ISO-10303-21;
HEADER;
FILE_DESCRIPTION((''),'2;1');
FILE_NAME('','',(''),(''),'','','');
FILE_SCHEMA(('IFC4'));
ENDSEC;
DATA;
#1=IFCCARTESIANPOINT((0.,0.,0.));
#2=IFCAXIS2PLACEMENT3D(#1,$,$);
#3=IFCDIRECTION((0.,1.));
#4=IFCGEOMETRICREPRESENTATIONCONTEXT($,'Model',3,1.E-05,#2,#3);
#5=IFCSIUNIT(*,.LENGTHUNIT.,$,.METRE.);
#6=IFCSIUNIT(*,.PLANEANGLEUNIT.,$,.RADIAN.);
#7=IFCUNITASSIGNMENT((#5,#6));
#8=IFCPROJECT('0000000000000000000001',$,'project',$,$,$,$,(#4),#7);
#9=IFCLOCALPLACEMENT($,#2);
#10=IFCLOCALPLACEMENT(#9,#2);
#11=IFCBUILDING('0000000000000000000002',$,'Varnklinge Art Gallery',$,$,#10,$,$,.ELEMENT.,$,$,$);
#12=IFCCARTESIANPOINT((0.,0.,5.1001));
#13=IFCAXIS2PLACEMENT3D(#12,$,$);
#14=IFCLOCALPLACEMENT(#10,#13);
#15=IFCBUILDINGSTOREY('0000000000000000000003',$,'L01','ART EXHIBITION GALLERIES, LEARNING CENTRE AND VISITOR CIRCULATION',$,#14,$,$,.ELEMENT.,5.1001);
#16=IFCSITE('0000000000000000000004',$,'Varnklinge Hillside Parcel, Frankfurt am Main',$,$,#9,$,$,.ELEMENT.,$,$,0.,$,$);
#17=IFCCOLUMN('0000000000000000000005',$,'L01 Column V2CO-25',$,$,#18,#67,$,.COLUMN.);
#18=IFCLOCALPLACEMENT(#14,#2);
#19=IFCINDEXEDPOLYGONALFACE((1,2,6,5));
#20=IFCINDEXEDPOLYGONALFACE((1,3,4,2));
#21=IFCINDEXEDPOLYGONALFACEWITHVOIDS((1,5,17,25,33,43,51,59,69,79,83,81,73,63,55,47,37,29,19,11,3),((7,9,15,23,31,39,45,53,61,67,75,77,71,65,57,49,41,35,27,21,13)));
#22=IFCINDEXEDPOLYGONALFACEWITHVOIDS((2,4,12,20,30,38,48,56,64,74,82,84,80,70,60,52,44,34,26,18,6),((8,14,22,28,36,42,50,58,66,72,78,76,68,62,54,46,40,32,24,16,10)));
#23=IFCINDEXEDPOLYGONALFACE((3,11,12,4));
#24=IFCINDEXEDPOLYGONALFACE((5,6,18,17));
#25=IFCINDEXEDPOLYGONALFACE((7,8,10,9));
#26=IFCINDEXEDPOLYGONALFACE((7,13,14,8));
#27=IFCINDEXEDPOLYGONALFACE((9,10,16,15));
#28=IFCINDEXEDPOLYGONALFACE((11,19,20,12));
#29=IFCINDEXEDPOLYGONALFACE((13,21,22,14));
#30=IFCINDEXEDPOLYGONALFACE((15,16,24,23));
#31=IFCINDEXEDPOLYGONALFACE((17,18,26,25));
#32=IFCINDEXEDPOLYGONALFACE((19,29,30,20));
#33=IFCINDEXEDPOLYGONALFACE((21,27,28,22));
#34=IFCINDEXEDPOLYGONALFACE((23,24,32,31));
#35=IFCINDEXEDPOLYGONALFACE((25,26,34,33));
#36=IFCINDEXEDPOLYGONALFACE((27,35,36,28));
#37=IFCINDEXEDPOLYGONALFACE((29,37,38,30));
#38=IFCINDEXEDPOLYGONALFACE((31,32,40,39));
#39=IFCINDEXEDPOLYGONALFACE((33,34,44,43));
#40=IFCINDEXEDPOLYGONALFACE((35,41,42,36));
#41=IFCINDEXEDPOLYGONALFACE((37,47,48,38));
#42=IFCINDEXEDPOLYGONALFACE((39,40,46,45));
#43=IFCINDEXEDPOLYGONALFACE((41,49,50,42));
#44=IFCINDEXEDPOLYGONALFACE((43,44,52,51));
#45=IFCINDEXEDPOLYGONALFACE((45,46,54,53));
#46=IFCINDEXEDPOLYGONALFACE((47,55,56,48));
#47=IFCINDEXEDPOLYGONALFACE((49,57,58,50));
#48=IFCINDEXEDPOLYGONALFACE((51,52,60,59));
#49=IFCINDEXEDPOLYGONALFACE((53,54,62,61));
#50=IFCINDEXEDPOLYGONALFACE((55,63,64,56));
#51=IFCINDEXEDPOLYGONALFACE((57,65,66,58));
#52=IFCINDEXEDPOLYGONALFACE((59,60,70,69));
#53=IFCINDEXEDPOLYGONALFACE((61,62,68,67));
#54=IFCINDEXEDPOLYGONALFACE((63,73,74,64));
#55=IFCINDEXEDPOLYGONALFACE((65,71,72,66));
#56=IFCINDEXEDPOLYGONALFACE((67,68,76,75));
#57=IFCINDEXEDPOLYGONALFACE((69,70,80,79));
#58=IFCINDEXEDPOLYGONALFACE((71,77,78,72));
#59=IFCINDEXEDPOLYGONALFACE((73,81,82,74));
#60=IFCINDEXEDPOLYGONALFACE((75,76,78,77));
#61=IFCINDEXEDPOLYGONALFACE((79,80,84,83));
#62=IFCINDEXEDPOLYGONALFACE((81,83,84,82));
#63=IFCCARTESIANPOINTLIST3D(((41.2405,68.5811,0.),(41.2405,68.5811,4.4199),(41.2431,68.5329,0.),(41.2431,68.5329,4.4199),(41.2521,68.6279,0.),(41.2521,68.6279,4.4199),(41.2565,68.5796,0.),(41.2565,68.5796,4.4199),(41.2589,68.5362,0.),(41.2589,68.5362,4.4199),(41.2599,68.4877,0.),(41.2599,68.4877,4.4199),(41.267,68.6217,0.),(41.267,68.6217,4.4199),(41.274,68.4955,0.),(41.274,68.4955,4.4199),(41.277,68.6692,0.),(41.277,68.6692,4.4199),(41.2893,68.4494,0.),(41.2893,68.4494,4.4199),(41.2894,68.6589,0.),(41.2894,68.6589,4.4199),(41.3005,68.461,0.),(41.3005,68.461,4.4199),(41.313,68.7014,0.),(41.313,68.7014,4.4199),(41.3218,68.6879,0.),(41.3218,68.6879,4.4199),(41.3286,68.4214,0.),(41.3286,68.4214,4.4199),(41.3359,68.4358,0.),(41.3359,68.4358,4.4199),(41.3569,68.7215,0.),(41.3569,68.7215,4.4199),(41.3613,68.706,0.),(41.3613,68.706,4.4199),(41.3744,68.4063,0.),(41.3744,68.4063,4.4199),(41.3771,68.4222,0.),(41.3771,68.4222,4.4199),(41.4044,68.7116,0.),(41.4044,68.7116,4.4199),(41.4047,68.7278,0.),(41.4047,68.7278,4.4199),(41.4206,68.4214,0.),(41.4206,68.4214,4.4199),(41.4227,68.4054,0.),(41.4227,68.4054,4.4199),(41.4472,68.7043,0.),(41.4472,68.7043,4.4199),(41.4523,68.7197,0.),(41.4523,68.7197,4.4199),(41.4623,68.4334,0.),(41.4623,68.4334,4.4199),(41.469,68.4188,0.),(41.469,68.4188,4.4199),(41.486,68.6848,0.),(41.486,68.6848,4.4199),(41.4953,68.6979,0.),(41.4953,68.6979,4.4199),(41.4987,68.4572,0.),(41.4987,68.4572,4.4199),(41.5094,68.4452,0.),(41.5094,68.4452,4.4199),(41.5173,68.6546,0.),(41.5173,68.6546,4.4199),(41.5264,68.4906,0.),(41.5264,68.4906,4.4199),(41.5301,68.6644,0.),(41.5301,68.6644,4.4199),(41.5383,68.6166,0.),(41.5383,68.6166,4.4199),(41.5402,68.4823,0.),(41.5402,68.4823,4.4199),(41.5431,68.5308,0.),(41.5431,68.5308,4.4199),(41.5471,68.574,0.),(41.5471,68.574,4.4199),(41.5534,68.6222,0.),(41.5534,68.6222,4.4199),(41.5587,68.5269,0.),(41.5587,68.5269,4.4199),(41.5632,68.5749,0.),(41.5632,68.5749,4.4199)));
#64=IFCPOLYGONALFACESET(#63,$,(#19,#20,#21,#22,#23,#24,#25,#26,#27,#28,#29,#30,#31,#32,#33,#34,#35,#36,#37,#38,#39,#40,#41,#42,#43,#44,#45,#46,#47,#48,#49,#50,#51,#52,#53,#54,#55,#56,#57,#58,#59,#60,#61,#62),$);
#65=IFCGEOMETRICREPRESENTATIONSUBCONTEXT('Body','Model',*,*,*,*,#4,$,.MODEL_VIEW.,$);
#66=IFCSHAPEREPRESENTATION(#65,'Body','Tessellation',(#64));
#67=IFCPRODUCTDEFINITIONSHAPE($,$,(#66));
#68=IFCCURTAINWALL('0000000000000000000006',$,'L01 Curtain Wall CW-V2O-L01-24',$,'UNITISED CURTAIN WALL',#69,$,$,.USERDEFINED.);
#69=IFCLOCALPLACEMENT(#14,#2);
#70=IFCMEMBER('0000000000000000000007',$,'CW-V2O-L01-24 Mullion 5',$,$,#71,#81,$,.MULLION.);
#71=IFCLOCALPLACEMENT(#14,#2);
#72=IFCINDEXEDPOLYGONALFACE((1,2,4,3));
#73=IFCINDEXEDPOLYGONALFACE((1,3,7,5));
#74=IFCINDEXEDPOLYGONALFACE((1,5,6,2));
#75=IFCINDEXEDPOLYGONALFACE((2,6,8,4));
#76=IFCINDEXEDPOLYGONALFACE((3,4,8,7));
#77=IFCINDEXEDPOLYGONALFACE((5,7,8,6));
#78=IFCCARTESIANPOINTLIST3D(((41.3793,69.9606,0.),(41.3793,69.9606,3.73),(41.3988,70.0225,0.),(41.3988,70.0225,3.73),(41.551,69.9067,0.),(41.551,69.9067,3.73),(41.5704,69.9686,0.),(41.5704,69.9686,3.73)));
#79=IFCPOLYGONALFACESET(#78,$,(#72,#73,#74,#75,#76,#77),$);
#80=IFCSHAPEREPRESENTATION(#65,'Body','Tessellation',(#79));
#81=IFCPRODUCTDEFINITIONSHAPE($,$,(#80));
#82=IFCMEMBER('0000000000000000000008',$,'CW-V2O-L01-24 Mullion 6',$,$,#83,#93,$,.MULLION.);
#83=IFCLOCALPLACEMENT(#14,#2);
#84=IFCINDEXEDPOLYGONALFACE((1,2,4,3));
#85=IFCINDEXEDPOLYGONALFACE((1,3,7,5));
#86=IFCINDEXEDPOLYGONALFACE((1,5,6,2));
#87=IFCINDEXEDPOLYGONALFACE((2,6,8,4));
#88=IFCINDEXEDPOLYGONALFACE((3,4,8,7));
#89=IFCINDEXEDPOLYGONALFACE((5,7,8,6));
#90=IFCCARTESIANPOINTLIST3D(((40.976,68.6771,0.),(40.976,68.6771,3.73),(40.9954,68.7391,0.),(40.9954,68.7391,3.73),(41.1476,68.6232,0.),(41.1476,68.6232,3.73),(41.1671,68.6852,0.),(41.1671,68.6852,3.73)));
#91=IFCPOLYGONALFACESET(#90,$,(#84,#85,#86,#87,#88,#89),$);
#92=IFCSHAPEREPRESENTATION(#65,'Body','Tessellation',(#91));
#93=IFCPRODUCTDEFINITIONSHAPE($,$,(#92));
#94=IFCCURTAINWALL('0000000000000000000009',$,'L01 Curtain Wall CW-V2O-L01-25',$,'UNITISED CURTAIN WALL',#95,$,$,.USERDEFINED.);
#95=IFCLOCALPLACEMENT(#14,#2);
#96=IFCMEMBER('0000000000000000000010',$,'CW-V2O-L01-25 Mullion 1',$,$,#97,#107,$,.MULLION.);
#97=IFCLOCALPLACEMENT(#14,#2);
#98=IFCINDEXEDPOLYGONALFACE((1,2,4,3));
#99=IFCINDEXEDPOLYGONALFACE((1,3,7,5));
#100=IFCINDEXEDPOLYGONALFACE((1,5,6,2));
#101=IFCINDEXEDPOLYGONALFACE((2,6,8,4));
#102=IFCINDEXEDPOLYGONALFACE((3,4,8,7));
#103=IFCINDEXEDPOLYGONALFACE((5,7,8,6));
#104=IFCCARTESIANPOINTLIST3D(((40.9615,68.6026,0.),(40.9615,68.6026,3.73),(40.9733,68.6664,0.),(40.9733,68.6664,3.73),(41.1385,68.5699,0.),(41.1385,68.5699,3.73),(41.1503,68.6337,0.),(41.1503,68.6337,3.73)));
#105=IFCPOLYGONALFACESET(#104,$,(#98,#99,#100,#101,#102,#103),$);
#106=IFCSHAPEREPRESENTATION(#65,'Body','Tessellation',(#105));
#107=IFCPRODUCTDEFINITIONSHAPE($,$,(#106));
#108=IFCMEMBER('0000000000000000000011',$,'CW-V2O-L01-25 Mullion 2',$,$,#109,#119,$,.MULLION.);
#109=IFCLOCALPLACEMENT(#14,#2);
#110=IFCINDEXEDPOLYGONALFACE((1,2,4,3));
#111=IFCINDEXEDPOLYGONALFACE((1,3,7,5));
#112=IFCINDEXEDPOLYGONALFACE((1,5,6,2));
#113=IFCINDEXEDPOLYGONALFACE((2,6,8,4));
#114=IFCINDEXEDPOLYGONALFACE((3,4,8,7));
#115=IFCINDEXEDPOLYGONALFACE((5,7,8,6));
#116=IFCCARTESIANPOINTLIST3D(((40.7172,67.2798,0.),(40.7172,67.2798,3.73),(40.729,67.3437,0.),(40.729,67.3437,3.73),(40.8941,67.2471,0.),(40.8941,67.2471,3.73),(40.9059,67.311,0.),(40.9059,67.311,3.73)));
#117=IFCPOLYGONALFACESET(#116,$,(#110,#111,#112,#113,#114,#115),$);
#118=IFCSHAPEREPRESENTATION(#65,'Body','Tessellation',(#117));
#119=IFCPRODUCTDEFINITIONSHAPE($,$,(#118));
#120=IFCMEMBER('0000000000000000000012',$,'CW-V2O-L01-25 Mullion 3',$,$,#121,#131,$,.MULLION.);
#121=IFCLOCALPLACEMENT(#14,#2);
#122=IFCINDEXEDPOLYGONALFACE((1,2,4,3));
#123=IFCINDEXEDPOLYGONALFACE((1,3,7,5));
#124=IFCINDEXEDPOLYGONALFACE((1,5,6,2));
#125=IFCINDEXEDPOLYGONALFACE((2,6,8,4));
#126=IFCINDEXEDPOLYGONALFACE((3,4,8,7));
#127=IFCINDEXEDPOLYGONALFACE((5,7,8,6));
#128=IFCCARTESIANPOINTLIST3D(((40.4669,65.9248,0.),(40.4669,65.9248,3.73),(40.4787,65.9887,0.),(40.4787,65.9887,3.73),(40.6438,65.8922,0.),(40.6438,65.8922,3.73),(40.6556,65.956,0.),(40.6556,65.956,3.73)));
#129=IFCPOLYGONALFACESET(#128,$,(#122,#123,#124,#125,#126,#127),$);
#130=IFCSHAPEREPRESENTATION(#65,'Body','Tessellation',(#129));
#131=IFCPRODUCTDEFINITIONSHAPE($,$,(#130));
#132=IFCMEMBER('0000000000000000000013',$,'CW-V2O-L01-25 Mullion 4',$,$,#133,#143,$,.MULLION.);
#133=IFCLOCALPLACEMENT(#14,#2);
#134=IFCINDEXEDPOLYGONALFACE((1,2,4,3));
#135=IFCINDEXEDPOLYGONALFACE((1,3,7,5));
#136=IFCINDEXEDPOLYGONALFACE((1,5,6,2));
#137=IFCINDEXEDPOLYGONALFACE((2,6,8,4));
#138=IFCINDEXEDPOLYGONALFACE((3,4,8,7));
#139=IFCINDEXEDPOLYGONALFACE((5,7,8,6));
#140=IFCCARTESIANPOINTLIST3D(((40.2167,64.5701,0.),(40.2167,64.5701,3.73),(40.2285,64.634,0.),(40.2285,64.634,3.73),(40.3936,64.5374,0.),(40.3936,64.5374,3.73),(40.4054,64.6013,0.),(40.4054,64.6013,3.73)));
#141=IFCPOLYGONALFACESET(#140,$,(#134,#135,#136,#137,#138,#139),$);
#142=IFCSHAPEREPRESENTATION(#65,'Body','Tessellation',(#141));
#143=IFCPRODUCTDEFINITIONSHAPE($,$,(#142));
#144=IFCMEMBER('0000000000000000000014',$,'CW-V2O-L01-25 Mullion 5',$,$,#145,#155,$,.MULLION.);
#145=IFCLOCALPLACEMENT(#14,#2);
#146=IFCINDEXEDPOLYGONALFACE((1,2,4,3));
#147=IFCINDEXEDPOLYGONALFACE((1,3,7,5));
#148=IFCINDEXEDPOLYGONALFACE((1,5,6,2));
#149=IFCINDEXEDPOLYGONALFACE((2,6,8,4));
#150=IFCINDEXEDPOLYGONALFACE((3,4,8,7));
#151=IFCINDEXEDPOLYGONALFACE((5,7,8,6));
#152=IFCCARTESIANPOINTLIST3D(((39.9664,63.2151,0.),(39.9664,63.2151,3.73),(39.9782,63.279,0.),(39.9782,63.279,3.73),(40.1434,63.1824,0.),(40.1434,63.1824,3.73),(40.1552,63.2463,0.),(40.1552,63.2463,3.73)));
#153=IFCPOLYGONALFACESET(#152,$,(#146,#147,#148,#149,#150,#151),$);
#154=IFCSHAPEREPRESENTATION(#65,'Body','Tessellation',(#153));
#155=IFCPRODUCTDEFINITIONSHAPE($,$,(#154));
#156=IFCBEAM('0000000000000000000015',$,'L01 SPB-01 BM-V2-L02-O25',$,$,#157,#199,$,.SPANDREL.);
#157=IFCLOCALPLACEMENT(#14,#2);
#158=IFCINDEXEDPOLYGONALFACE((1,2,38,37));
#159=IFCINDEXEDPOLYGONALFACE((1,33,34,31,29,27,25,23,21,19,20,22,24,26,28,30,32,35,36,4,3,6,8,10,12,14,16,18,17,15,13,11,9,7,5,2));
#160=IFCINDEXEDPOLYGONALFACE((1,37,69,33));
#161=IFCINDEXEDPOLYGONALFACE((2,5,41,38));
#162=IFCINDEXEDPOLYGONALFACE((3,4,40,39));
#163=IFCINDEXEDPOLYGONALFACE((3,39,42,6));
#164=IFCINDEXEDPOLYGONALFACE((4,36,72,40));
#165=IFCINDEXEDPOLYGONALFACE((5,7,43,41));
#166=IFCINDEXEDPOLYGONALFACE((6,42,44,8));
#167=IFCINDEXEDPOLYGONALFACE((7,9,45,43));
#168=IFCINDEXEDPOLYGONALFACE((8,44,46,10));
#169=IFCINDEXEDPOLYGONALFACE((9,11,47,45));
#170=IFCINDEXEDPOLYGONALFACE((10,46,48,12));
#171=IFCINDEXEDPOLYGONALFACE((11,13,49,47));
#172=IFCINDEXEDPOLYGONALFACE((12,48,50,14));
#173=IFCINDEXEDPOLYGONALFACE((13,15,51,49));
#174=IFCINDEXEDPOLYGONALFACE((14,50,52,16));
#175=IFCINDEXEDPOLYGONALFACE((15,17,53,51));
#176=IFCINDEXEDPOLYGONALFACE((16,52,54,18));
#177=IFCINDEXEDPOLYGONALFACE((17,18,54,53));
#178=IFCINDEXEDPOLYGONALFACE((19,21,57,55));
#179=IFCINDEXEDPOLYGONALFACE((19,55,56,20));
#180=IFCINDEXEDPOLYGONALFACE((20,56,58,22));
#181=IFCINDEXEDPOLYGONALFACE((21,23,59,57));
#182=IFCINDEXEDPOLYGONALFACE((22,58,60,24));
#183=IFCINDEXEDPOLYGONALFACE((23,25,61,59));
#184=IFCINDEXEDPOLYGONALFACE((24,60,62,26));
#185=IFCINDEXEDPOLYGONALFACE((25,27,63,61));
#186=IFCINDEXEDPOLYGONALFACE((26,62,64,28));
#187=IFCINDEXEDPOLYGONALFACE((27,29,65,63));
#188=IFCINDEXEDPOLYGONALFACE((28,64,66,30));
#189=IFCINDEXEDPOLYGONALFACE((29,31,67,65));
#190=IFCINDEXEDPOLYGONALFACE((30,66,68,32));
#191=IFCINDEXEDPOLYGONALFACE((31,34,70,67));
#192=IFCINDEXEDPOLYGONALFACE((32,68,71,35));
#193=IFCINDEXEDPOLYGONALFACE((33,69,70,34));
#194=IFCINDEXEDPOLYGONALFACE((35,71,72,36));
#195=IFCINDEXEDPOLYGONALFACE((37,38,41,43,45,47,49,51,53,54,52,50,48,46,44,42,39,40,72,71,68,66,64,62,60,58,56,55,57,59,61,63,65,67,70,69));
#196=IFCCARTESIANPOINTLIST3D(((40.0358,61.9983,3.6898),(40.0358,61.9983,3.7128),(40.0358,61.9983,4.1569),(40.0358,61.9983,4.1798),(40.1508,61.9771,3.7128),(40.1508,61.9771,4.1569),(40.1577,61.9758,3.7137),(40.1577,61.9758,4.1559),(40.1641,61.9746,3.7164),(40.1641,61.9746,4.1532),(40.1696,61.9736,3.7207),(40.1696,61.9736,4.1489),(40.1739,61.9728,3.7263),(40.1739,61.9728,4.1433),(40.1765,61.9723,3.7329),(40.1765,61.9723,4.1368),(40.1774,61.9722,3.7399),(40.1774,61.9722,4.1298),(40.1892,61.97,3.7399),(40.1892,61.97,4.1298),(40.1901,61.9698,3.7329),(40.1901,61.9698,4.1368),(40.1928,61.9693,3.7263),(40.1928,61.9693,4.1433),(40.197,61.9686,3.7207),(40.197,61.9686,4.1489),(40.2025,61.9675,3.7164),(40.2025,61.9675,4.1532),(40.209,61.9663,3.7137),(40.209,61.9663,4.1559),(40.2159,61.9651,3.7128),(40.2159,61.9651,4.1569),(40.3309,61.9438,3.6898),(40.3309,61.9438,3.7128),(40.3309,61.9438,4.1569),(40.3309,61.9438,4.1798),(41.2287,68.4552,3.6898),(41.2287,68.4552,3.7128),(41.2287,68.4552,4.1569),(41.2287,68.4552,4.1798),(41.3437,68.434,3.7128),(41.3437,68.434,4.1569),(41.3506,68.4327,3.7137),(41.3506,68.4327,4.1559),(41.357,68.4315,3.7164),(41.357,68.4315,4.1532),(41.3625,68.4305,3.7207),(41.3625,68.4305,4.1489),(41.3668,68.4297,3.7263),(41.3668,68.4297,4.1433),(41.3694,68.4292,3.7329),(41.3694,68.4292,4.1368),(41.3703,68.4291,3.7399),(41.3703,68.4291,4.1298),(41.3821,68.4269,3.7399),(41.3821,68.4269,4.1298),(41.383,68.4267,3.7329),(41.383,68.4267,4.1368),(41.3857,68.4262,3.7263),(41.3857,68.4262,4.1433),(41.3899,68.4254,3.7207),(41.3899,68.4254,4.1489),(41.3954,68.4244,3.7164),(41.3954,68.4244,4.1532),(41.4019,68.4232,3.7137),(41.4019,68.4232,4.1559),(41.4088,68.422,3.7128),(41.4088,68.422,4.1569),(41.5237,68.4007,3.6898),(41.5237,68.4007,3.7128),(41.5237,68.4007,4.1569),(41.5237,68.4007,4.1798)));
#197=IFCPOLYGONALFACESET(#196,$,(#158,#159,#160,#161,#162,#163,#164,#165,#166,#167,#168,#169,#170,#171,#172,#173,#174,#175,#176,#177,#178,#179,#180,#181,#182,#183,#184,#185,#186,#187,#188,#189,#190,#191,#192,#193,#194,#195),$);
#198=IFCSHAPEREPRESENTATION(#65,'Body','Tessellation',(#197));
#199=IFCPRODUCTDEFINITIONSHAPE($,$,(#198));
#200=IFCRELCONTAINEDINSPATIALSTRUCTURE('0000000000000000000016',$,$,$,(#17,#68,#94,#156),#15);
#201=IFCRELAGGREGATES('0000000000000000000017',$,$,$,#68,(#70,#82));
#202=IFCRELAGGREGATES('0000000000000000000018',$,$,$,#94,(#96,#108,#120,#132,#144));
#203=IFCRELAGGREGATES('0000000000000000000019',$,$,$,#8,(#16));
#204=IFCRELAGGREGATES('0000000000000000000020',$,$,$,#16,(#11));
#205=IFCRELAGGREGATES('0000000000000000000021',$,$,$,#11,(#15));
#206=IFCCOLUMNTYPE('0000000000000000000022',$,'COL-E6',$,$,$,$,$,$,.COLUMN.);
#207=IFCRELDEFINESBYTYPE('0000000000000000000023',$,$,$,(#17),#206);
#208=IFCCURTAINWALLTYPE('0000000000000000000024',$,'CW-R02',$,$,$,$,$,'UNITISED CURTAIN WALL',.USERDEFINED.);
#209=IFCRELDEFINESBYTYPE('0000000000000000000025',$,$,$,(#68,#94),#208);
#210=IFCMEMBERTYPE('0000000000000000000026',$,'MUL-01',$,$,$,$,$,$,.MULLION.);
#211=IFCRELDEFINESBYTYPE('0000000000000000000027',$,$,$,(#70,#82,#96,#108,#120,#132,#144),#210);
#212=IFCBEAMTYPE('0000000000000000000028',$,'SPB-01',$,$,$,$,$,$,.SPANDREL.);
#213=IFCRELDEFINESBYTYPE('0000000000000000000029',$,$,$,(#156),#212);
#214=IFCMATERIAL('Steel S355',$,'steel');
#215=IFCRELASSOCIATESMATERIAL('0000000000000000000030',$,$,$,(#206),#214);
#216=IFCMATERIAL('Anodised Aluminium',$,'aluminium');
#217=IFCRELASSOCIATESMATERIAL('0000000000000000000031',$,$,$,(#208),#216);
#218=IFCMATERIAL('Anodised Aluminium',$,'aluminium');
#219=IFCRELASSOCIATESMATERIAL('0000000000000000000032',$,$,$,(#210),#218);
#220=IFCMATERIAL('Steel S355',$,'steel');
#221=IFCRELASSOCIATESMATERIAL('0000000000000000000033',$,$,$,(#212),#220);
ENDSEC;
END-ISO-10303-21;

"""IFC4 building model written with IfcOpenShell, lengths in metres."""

from ifc_helpers import new_model, si_unit, direction, frame, origin, origin_2d, place, context, subcontext, project, spatial, rectangle, hollow_circle, i_section, extrude, material, material_profile, profile_set, type_object, element, aggregate, save


model = new_model("IFC4")

# Units and contexts
model_context = context("Model", 3, precision=1e-05, world=origin(), true_north=direction((0.0, 1.0)))
body_context = subcontext(model_context, "Body", "Model", "MODEL_VIEW")
ifc_project = project(units=[si_unit("LENGTHUNIT", "METRE"), si_unit("PLANEANGLEUNIT", "RADIAN")], contexts=[model_context])

# Site, building, storey
site_placement = place(None, origin())
site = spatial("IfcSite", under=ifc_project, at=site_placement, Name="Varnklinge Hillside Parcel, Frankfurt am Main", CompositionType="ELEMENT", RefElevation=0.0)
building_placement = place(site_placement, origin())
building = spatial("IfcBuilding", under=site, at=building_placement, Name="Varnklinge Art Gallery", CompositionType="ELEMENT")
storey_placement = place(building_placement, frame((0.0, 0.0, 5.1001)))
storey = spatial("IfcBuildingStorey", under=building, at=storey_placement, Name="L01", Description="ART EXHIBITION GALLERIES, LEARNING CENTRE AND VISITOR CIRCULATION", CompositionType="ELEMENT", Elevation=5.1001)

# Column
ifc_material_1 = material(Name="Steel S355", Category="steel")
ifc_material_profile_1 = material_profile(ifc_material_1, hollow_circle(Radius=0.1619, WallThickness=0.0161, at=origin_2d()), Name="CHS 323.9x16")
ifc_profile_set_1 = profile_set([ifc_material_profile_1], Name="Steel S355")
column_type = type_object("IfcColumnType", Name="COL-E6", PredefinedType="COLUMN", material=ifc_profile_set_1)
column_placement = place(storey_placement, frame((41.4016, 68.5659, 0.0), z_axis=(0.0, 0.0, 1.0), x_axis=(0.970506, -0.241075, 0.0)))
element("IfcColumn", 1, at=column_placement, inside=storey, type_object=column_type, Name="L01 Column V2CO-25", PredefinedType="COLUMN", context=body_context, shape_type="SweptSolid", body=[
    extrude(hollow_circle(Radius=0.1619, WallThickness=0.0161, at=origin_2d()), origin(), (0.0, 0.0, 1.0), 4.4199),
])

# Curtain walls, members
ifc_material_2 = material(Name="Anodised Aluminium", Category="aluminium")
curtain_wall_type = type_object("IfcCurtainWallType", Name="CW-R02", ElementType="UNITISED CURTAIN WALL", PredefinedType="USERDEFINED", material=ifc_material_2)
curtain_wall_1_placement = place(storey_placement, origin())
curtain_wall_1 = element("IfcCurtainWall", 2, at=curtain_wall_1_placement, inside=storey, type_object=curtain_wall_type, Name="L01 Curtain Wall CW-V2O-L01-24", ObjectType="UNITISED CURTAIN WALL", PredefinedType="USERDEFINED")
ifc_material_3 = material(Name="Anodised Aluminium", Category="aluminium")
ifc_material_profile_2 = material_profile(ifc_material_3, rectangle(XDim=0.0649, YDim=0.1799, at=origin_2d()), Name="ALU 65x180")
ifc_profile_set_2 = profile_set([ifc_material_profile_2], Name="Anodised Aluminium")
member_type_1 = type_object("IfcMemberType", Name="MUL-01", PredefinedType="MULLION", material=ifc_profile_set_2)
member_1_placement = place(storey_placement, frame((41.4749, 69.9646, 0.0), z_axis=(0.0, 0.0, 1.0), x_axis=(-0.299707, -0.954031, 0.0)))
member_1 = element("IfcMember", 3, at=member_1_placement, type_object=member_type_1, Name="CW-V2O-L01-24 Mullion 5", PredefinedType="MULLION", context=body_context, shape_type="SweptSolid", body=[
    extrude(rectangle(XDim=0.0649, YDim=0.1799, at=origin_2d()), origin(), (0.0, 0.0, 1.0), 3.73),
])
member_2_placement = place(storey_placement, frame((41.0715, 68.6812, 0.0), z_axis=(0.0, 0.0, 1.0), x_axis=(-0.299707, -0.954031, 0.0)))
member_2 = element("IfcMember", 4, at=member_2_placement, type_object=member_type_1, Name="CW-V2O-L01-24 Mullion 6", PredefinedType="MULLION", context=body_context, shape_type="SweptSolid", body=[
    extrude(rectangle(XDim=0.0649, YDim=0.1799, at=origin_2d()), origin(), (0.0, 0.0, 1.0), 3.73),
])
curtain_wall_2_placement = place(storey_placement, origin())
curtain_wall_2 = element("IfcCurtainWall", 5, at=curtain_wall_2_placement, inside=storey, type_object=curtain_wall_type, Name="L01 Curtain Wall CW-V2O-L01-25", ObjectType="UNITISED CURTAIN WALL", PredefinedType="USERDEFINED")
member_3_placement = place(storey_placement, frame((41.0559, 68.6182, 0.0), z_axis=(0.0, 0.0, 1.0), x_axis=(-0.181721, -0.98335, 0.0)))
member_3 = element("IfcMember", 6, at=member_3_placement, type_object=member_type_1, Name="CW-V2O-L01-25 Mullion 1", PredefinedType="MULLION", context=body_context, shape_type="SweptSolid", body=[
    extrude(rectangle(XDim=0.0649, YDim=0.1799, at=origin_2d()), origin(), (0.0, 0.0, 1.0), 3.73),
])
member_4_placement = place(storey_placement, frame((40.8115, 67.2954, 0.0), z_axis=(0.0, 0.0, 1.0), x_axis=(-0.181721, -0.98335, 0.0)))
member_4 = element("IfcMember", 7, at=member_4_placement, type_object=member_type_1, Name="CW-V2O-L01-25 Mullion 2", PredefinedType="MULLION", context=body_context, shape_type="SweptSolid", body=[
    extrude(rectangle(XDim=0.0649, YDim=0.1799, at=origin_2d()), origin(), (0.0, 0.0, 1.0), 3.73),
])
member_5_placement = place(storey_placement, frame((40.5613, 65.9404, 0.0), z_axis=(0.0, 0.0, 1.0), x_axis=(-0.181721, -0.98335, 0.0)))
member_5 = element("IfcMember", 8, at=member_5_placement, type_object=member_type_1, Name="CW-V2O-L01-25 Mullion 3", PredefinedType="MULLION", context=body_context, shape_type="SweptSolid", body=[
    extrude(rectangle(XDim=0.0649, YDim=0.1799, at=origin_2d()), origin(), (0.0, 0.0, 1.0), 3.73),
])
member_6_placement = place(storey_placement, frame((40.311, 64.5857, 0.0), z_axis=(0.0, 0.0, 1.0), x_axis=(-0.181721, -0.98335, 0.0)))
member_6 = element("IfcMember", 9, at=member_6_placement, type_object=member_type_1, Name="CW-V2O-L01-25 Mullion 4", PredefinedType="MULLION", context=body_context, shape_type="SweptSolid", body=[
    extrude(rectangle(XDim=0.0649, YDim=0.1799, at=origin_2d()), origin(), (0.0, 0.0, 1.0), 3.73),
])
member_7_placement = place(storey_placement, frame((40.0608, 63.2307, 0.0), z_axis=(0.0, 0.0, 1.0), x_axis=(-0.181721, -0.98335, 0.0)))
member_7 = element("IfcMember", 10, at=member_7_placement, type_object=member_type_1, Name="CW-V2O-L01-25 Mullion 5", PredefinedType="MULLION", context=body_context, shape_type="SweptSolid", body=[
    extrude(rectangle(XDim=0.0649, YDim=0.1799, at=origin_2d()), origin(), (0.0, 0.0, 1.0), 3.73),
])

# Beam
ifc_material_4 = material(Name="Steel S355", Category="steel")
ifc_material_profile_3 = material_profile(ifc_material_4, i_section(OverallWidth=0.3, OverallDepth=0.49, WebThickness=0.012, FlangeThickness=0.0229, FilletRadius=0.0271, at=origin_2d()), Name="HEA 500")
ifc_profile_set_3 = profile_set([ifc_material_profile_3], Name="Steel S355")
beam_type = type_object("IfcBeamType", Name="SPB-01", PredefinedType="SPANDREL", material=ifc_profile_set_3)
beam_placement = place(storey_placement, frame((41.3762, 68.428, 3.9348), z_axis=(-0.181672, -0.983359, 0.0), x_axis=(0.983359, -0.181672, 0.0)))
element("IfcBeam", 11, at=beam_placement, inside=storey, type_object=beam_type, Name="L01 SPB-01 BM-V2-L02-O25", PredefinedType="SPANDREL", context=body_context, shape_type="SweptSolid", body=[
    extrude(i_section(OverallWidth=0.3, OverallDepth=0.49, WebThickness=0.012, FlangeThickness=0.0229, FilletRadius=0.0271, at=origin_2d()), origin(), (0.0, 0.0, 1.0), 6.5662),
])

aggregate(curtain_wall_1, [member_1, member_2])
aggregate(curtain_wall_2, [member_3, member_4, member_5, member_6, member_7])

save(model, "model.ifc")
